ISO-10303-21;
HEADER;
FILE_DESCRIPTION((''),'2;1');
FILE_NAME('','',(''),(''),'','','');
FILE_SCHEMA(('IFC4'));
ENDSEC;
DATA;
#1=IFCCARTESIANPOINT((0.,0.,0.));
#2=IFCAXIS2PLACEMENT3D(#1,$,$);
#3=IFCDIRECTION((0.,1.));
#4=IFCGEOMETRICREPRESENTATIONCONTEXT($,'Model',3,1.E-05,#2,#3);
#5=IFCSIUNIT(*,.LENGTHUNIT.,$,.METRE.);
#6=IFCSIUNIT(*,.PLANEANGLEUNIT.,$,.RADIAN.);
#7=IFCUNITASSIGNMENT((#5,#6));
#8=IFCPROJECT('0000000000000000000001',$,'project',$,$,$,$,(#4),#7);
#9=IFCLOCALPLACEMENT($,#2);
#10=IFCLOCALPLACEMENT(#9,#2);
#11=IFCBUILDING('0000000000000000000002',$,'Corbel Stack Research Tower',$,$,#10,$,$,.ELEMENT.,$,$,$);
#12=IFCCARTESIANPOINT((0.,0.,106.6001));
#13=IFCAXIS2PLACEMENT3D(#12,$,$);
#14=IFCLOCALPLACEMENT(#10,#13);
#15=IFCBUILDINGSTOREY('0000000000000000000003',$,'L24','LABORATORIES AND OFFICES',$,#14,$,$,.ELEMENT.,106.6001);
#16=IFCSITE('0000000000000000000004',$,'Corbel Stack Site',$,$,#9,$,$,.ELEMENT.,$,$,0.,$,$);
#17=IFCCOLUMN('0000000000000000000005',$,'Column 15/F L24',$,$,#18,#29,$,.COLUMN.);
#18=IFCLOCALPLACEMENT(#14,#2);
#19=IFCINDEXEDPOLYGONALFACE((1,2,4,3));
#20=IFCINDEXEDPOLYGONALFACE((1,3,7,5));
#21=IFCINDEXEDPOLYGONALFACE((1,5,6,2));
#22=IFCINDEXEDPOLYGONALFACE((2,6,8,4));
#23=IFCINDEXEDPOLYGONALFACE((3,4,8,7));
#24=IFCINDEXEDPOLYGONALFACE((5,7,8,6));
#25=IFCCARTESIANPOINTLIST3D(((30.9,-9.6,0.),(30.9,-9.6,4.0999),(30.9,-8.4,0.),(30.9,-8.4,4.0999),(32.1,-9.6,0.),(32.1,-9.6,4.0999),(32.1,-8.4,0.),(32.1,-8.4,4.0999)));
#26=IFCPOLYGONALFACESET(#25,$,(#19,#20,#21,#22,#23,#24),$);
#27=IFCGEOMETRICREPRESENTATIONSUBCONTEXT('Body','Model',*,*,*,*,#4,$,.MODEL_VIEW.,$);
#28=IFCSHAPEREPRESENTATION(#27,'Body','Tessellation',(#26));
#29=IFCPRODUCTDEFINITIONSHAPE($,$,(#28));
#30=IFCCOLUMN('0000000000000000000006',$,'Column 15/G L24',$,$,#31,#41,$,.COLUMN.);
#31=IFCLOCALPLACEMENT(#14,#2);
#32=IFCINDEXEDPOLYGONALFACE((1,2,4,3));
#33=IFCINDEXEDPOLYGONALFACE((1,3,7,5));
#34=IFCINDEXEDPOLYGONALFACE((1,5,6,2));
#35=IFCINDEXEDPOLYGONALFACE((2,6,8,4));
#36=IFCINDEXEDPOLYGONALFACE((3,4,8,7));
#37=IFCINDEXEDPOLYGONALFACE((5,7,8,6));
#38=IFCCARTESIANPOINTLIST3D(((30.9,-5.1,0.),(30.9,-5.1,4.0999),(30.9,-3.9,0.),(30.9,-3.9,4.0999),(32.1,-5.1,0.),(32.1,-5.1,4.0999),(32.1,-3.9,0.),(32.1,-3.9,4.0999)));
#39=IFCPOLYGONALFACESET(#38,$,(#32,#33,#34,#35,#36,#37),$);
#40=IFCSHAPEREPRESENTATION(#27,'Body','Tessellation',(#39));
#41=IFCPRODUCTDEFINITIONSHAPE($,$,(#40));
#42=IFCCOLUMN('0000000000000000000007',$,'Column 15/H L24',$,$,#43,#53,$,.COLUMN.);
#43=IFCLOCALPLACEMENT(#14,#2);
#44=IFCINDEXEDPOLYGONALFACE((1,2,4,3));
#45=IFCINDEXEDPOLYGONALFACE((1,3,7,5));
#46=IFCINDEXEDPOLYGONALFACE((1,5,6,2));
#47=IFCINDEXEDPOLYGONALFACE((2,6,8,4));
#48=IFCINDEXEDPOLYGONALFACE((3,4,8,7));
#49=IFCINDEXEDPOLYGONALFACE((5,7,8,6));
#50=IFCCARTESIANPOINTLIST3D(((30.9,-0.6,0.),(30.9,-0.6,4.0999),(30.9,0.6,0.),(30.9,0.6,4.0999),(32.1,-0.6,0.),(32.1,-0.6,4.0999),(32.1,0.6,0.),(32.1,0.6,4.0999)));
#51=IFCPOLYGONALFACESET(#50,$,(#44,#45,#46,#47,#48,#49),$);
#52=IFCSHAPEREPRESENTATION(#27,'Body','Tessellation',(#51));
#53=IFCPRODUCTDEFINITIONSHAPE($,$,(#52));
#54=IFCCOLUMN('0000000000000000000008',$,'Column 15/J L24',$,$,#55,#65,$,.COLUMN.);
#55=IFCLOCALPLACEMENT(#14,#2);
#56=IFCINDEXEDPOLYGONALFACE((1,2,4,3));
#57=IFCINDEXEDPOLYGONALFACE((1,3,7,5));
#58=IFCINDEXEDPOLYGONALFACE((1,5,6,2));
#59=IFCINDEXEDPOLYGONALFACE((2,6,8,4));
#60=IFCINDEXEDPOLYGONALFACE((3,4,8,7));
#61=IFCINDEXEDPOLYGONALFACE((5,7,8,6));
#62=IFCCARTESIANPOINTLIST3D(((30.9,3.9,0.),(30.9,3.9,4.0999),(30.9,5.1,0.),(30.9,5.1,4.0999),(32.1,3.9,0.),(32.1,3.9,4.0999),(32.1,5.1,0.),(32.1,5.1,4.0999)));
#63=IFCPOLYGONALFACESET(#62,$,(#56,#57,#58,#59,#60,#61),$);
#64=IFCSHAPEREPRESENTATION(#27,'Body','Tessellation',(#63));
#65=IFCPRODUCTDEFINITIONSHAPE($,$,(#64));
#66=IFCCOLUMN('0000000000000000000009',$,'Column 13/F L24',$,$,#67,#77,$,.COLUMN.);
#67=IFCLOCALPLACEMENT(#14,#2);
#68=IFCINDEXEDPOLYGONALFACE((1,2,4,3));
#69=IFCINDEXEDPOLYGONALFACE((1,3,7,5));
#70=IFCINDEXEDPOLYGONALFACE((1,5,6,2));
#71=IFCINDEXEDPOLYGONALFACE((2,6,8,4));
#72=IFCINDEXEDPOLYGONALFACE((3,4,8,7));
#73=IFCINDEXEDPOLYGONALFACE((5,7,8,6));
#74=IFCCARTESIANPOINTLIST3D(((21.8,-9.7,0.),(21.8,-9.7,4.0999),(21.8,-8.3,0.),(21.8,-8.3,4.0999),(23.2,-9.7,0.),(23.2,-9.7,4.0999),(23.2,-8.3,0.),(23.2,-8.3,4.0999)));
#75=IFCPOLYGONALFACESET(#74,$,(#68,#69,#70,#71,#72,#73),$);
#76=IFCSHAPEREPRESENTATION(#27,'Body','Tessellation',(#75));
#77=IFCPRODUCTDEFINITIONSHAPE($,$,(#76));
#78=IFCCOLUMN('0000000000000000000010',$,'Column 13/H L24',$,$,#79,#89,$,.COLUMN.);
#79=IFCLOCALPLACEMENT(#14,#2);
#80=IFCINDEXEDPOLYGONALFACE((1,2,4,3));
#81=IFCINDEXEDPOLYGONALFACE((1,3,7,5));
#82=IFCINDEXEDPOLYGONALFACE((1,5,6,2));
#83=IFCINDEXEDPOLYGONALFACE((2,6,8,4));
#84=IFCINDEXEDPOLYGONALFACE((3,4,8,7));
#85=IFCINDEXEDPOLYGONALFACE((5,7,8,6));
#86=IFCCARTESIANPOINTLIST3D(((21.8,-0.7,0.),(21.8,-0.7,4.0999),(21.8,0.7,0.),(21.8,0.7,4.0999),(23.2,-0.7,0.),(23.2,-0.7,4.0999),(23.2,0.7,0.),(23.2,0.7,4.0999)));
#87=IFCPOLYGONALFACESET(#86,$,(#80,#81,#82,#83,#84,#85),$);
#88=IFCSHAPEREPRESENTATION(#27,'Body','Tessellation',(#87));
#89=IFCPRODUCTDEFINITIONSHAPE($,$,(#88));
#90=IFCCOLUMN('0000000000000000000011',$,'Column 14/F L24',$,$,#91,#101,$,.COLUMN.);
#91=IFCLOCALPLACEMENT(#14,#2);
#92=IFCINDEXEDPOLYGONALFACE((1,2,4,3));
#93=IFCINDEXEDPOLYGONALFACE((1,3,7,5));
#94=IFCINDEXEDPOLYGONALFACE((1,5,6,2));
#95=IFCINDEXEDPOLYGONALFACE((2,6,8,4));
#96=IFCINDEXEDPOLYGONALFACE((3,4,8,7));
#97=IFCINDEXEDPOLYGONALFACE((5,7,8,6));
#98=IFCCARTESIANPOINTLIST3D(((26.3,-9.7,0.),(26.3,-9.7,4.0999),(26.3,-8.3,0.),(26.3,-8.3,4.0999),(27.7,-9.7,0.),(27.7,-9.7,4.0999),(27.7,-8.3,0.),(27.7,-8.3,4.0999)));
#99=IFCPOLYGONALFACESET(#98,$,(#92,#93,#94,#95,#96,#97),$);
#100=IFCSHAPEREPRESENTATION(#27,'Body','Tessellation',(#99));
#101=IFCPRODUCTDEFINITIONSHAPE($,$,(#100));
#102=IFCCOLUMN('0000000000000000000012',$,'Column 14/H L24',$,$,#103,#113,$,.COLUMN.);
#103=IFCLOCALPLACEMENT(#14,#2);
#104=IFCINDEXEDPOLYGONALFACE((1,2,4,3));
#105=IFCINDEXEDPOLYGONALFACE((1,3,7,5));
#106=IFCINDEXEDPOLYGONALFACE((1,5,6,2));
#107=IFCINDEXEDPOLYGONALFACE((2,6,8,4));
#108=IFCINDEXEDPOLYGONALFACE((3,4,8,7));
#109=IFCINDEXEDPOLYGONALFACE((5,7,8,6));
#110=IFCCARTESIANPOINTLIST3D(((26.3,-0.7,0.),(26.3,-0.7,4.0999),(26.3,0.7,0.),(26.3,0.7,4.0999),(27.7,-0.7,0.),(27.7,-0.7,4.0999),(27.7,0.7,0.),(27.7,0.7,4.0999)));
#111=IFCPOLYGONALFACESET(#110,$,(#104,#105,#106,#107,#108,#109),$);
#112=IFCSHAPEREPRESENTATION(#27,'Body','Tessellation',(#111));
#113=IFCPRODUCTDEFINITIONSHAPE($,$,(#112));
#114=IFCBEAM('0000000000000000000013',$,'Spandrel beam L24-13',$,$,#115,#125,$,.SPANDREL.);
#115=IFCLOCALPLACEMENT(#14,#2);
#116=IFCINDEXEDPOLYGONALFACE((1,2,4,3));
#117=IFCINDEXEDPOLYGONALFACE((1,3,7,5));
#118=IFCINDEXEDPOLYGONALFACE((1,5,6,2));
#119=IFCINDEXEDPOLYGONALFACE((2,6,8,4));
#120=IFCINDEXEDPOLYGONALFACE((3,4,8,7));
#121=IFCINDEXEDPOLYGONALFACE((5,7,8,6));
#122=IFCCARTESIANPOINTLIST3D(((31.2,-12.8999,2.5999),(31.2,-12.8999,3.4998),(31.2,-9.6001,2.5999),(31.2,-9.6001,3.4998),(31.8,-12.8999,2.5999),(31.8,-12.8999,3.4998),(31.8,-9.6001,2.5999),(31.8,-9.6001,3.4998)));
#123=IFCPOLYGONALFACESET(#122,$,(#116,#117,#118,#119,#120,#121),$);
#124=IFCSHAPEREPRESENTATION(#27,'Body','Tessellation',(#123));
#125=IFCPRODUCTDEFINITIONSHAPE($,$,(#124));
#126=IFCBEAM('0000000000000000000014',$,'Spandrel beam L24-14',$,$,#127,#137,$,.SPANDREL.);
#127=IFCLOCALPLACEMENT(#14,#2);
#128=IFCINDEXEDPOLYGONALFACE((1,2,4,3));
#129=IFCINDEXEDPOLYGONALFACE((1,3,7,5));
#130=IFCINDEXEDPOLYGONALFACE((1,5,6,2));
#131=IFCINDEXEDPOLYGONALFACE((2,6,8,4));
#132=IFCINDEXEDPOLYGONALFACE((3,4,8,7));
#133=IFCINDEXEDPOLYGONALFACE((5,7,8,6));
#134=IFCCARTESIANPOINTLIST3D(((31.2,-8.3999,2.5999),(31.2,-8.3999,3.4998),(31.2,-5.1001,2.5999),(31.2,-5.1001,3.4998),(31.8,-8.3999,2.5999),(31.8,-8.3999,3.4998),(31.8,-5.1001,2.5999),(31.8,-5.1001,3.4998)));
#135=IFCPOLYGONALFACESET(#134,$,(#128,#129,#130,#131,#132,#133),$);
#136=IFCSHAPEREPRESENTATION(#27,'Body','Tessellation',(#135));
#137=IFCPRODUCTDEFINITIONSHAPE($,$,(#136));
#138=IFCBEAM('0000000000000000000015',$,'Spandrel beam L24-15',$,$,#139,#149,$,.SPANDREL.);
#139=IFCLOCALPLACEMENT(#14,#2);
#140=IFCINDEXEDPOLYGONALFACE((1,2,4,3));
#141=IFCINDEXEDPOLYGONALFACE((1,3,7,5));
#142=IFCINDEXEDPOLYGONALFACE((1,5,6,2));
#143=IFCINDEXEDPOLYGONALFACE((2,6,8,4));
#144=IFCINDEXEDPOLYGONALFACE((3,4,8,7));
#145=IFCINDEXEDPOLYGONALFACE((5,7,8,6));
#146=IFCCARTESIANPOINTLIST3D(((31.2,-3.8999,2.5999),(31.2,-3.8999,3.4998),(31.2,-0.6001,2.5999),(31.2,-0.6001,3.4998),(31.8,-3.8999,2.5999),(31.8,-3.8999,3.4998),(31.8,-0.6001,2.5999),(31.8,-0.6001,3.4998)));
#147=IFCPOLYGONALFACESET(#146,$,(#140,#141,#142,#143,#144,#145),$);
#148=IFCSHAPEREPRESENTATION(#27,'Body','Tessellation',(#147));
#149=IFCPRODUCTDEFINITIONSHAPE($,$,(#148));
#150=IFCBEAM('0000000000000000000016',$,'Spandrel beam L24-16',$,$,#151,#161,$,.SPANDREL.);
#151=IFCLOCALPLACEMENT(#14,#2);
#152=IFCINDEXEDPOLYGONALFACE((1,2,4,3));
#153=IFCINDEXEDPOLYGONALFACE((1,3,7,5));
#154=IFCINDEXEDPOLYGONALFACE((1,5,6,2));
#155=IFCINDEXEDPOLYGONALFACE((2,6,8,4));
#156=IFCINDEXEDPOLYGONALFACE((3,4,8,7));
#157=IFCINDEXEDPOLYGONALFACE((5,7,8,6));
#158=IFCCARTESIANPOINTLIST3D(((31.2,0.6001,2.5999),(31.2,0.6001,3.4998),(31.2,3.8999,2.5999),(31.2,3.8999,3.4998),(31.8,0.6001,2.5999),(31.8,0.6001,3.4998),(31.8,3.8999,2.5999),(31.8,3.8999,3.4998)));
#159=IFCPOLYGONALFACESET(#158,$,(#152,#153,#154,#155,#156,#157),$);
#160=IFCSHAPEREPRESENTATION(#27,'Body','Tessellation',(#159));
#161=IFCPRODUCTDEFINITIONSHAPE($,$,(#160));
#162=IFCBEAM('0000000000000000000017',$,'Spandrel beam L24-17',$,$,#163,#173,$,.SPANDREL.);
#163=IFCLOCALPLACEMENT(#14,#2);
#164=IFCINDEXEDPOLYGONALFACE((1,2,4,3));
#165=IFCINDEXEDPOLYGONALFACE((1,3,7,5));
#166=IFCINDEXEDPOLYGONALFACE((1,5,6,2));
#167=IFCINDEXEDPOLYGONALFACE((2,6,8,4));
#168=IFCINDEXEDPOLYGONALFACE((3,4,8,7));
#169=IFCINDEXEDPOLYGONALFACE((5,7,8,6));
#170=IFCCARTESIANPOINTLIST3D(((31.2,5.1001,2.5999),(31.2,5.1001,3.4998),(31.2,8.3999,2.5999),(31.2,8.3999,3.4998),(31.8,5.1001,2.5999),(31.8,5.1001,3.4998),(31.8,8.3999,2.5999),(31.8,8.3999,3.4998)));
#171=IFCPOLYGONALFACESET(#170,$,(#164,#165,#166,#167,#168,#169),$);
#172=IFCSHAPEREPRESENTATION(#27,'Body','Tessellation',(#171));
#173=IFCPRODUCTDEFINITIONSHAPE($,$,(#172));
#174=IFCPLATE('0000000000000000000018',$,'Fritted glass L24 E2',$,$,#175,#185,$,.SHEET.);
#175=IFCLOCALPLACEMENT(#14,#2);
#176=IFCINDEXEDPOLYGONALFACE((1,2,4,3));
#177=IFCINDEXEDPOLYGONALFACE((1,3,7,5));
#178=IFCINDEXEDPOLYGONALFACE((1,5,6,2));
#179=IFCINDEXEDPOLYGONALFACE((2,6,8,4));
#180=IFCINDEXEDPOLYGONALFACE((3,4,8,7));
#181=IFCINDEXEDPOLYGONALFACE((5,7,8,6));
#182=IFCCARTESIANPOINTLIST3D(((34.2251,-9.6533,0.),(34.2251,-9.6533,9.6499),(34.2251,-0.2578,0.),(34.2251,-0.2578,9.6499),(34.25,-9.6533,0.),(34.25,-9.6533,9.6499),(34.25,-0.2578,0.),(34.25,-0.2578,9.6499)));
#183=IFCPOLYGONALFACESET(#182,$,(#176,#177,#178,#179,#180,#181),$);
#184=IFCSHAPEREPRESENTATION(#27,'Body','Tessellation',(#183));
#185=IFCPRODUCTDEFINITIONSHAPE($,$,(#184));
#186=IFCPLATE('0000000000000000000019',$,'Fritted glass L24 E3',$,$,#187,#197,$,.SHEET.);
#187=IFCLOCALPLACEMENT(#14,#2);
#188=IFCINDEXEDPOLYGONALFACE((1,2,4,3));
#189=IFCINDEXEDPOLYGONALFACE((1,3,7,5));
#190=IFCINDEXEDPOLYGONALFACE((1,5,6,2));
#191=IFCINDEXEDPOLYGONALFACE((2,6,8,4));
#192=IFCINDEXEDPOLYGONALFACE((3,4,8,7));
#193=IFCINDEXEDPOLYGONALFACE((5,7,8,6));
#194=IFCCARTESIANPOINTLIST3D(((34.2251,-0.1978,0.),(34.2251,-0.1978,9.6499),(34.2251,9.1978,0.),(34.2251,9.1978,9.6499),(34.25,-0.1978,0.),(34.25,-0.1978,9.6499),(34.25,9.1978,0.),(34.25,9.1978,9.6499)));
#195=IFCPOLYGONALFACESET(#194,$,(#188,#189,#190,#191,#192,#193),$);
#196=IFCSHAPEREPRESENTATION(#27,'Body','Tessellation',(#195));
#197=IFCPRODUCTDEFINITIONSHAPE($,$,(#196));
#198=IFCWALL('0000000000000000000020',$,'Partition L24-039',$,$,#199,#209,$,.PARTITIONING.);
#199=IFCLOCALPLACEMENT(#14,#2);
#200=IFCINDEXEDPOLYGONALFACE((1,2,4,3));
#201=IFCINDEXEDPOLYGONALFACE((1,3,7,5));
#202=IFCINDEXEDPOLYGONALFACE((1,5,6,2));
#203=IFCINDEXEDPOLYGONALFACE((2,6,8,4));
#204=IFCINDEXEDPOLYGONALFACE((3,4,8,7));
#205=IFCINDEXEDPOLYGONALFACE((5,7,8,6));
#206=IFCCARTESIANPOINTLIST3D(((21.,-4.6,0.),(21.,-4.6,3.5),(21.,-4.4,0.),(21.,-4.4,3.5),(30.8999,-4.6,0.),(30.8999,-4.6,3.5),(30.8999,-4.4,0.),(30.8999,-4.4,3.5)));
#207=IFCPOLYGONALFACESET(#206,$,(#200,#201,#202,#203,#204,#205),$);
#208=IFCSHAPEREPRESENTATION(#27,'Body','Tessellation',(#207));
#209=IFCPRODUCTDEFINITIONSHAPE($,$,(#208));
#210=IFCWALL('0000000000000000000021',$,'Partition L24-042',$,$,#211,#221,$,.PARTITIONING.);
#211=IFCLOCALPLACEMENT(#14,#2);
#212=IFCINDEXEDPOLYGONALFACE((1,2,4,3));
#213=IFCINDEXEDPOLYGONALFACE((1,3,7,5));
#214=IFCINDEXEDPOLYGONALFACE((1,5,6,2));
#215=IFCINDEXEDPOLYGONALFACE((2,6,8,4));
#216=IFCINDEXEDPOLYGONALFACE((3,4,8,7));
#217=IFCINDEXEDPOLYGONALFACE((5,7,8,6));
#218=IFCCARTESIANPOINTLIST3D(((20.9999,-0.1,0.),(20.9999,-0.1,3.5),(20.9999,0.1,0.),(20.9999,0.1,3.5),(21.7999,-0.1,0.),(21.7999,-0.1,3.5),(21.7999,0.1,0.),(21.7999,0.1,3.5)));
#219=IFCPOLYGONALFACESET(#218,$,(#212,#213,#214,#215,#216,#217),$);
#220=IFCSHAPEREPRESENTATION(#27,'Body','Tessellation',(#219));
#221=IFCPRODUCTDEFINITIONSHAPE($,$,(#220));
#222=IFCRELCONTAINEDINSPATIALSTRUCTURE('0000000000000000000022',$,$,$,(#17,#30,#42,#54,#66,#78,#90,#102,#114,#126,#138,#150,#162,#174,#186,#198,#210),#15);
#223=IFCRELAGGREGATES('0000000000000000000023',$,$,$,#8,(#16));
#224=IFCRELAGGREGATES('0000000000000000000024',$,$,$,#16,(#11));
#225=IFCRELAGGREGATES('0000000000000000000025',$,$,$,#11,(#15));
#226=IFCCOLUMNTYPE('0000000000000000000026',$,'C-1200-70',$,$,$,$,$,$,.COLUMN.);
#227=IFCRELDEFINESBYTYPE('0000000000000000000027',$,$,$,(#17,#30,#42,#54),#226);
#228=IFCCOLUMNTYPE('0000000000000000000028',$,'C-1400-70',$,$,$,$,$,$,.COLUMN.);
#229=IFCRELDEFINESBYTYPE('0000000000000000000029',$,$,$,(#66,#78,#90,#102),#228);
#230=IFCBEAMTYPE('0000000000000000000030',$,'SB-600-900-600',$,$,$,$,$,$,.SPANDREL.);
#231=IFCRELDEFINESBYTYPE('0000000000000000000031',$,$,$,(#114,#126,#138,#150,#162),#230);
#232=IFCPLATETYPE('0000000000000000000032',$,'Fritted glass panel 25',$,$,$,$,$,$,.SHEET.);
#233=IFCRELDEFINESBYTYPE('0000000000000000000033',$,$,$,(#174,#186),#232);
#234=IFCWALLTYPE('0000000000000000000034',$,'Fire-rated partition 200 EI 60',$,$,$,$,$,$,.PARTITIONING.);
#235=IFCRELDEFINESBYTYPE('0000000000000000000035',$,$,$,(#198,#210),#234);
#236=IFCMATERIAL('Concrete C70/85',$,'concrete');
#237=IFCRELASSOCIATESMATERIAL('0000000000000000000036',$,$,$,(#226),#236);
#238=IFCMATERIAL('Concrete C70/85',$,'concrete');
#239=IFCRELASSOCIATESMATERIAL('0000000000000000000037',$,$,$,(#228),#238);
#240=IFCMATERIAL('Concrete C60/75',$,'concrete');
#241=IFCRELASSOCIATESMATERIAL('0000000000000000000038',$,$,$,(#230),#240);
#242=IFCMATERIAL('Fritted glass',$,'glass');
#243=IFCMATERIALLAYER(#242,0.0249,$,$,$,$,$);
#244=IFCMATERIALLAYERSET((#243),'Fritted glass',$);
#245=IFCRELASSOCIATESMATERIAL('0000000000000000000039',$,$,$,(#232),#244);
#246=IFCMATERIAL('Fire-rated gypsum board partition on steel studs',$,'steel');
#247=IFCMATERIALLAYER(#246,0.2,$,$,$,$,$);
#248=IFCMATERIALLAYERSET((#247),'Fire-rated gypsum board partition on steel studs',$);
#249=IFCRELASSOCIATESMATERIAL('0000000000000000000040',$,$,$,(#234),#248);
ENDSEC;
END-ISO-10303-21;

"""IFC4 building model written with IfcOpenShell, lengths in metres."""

from ifc_helpers import new_model, si_unit, direction, frame, frame_2d, origin, origin_2d, place, context, subcontext, project, spatial, rectangle, extrude, material, layer, layer_set, material_profile, profile_set, type_object, element, save


model = new_model("IFC4")

# Units and contexts
model_context = context("Model", 3, precision=1e-05, world=origin(), true_north=direction((0.0, 1.0)))
body_context = subcontext(model_context, "Body", "Model", "MODEL_VIEW")
ifc_project = project(units=[si_unit("LENGTHUNIT", "METRE"), si_unit("PLANEANGLEUNIT", "RADIAN")], contexts=[model_context])

# Site, building, storey
site_placement = place(None, origin())
site = spatial("IfcSite", under=ifc_project, at=site_placement, Name="Corbel Stack Site", CompositionType="ELEMENT", RefElevation=0.0)
building_placement = place(site_placement, origin())
building = spatial("IfcBuilding", under=site, at=building_placement, Name="Corbel Stack Research Tower", CompositionType="ELEMENT")
storey_placement = place(building_placement, frame((0.0, 0.0, 106.6001)))
storey = spatial("IfcBuildingStorey", under=building, at=storey_placement, Name="L24", Description="LABORATORIES AND OFFICES", CompositionType="ELEMENT", Elevation=106.6001)

# Columns
ifc_material_1 = material(Name="Concrete C70/85", Category="concrete")
ifc_material_profile_1 = material_profile(ifc_material_1, rectangle(XDim=1.2, YDim=1.2, at=origin_2d()), Name="RC 1200 x 1200")
ifc_profile_set_1 = profile_set([ifc_material_profile_1], Name="Concrete C70/85")
column_type_1 = type_object("IfcColumnType", Name="C-1200-70", PredefinedType="COLUMN", material=ifc_profile_set_1)
for number, where, z_axis, x_axis, name in (
    (1, (31.5, -9.0, 0.0), (0.0, 0.0, 1.0), (1.0, 0.0, 0.0), "Column 15/F L24"),
    (2, (31.5, -4.5, 0.0), (0.0, 0.0, 1.0), (1.0, 0.0, 0.0), "Column 15/G L24"),
    (3, (31.5, 0.0, 0.0), (0.0, 0.0, 1.0), (1.0, 0.0, 0.0), "Column 15/H L24"),
    (4, (31.5, 4.5, 0.0), (0.0, 0.0, 1.0), (1.0, 0.0, 0.0), "Column 15/J L24"),
):
    element("IfcColumn", number, at=place(storey_placement, frame(where, z_axis=z_axis, x_axis=x_axis)), inside=storey, type_object=column_type_1, Name=name, PredefinedType="COLUMN", context=body_context, shape_type="SweptSolid", body=[
        extrude(rectangle(XDim=1.2, YDim=1.2, at=origin_2d()), origin(), (0.0, 0.0, 1.0), 4.0999),
    ])
ifc_material_2 = material(Name="Concrete C70/85", Category="concrete")
ifc_material_profile_2 = material_profile(ifc_material_2, rectangle(XDim=1.3999, YDim=1.3999, at=origin_2d()), Name="RC 1400 x 1400")
ifc_profile_set_2 = profile_set([ifc_material_profile_2], Name="Concrete C70/85")
column_type_2 = type_object("IfcColumnType", Name="C-1400-70", PredefinedType="COLUMN", material=ifc_profile_set_2)
for number, where, z_axis, x_axis, name in (
    (5, (22.5, -9.0, 0.0), (0.0, 0.0, 1.0), (1.0, 0.0, 0.0), "Column 13/F L24"),
    (6, (22.5, 0.0, 0.0), (0.0, 0.0, 1.0), (1.0, 0.0, 0.0), "Column 13/H L24"),
    (7, (27.0, -9.0, 0.0), (0.0, 0.0, 1.0), (1.0, 0.0, 0.0), "Column 14/F L24"),
    (8, (27.0, 0.0, 0.0), (0.0, 0.0, 1.0), (1.0, 0.0, 0.0), "Column 14/H L24"),
):
    element("IfcColumn", number, at=place(storey_placement, frame(where, z_axis=z_axis, x_axis=x_axis)), inside=storey, type_object=column_type_2, Name=name, PredefinedType="COLUMN", context=body_context, shape_type="SweptSolid", body=[
        extrude(rectangle(XDim=1.3999, YDim=1.3999, at=origin_2d()), origin(), (0.0, 0.0, 1.0), 4.0999),
    ])

# Beams
ifc_material_3 = material(Name="Concrete C60/75", Category="concrete")
ifc_material_profile_3 = material_profile(ifc_material_3, rectangle(XDim=0.6001, YDim=0.8999, at=origin_2d()), Name="RC 600 x 900")
ifc_profile_set_3 = profile_set([ifc_material_profile_3], Name="Concrete C60/75")
beam_type = type_object("IfcBeamType", Name="SB-600-900-600", PredefinedType="SPANDREL", material=ifc_profile_set_3)
for number, where, z_axis, x_axis, name in (
    (9, (31.5, -12.8999, 3.0498), (0.0, 1.0, 0.0), (-1.0, 0.0, 0.0), "Spandrel beam L24-13"),
    (10, (31.5, -8.3999, 3.0498), (0.0, 1.0, 0.0), (-1.0, 0.0, 0.0), "Spandrel beam L24-14"),
    (11, (31.5, -3.8999, 3.0498), (0.0, 1.0, 0.0), (-1.0, 0.0, 0.0), "Spandrel beam L24-15"),
    (12, (31.5, 0.6001, 3.0498), (0.0, 1.0, 0.0), (-1.0, 0.0, 0.0), "Spandrel beam L24-16"),
    (13, (31.5, 5.1001, 3.0498), (0.0, 1.0, 0.0), (-1.0, 0.0, 0.0), "Spandrel beam L24-17"),
):
    element("IfcBeam", number, at=place(storey_placement, frame(where, z_axis=z_axis, x_axis=x_axis)), inside=storey, type_object=beam_type, Name=name, PredefinedType="SPANDREL", context=body_context, shape_type="SweptSolid", body=[
        extrude(rectangle(XDim=0.6001, YDim=0.8999, at=origin_2d()), origin(), (0.0, 0.0, 1.0), 3.2998),
    ])

# Plates
ifc_material_4 = material(Name="Fritted glass", Category="glass")
ifc_layer_1 = layer(ifc_material_4, 0.0249)
ifc_layer_set_1 = layer_set([ifc_layer_1], Name="Fritted glass")
plate_type = type_object("IfcPlateType", Name="Fritted glass panel 25", PredefinedType="SHEET", material=ifc_layer_set_1)
for number, where, z_axis, x_axis, name in (
    (14, (34.2375, -4.9556, 0.0), (0.0, 0.0, 1.0), (0.0, 1.0, 0.0), "Fritted glass L24 E2"),
    (15, (34.2375, 4.5, 0.0), (0.0, 0.0, 1.0), (0.0, 1.0, 0.0), "Fritted glass L24 E3"),
):
    element("IfcPlate", number, at=place(storey_placement, frame(where, z_axis=z_axis, x_axis=x_axis)), inside=storey, type_object=plate_type, Name=name, PredefinedType="SHEET", context=body_context, shape_type="SweptSolid", body=[
        extrude(rectangle(XDim=9.3955, YDim=0.0249, at=origin_2d()), origin(), (0.0, 0.0, 1.0), 9.6499),
    ])

# Walls
ifc_material_5 = material(Name="Fire-rated gypsum board partition on steel studs", Category="steel")
ifc_layer_2 = layer(ifc_material_5, 0.2)
ifc_layer_set_2 = layer_set([ifc_layer_2], Name="Fire-rated gypsum board partition on steel studs")
wall_type_1 = type_object("IfcWallType", Name="Fire-rated partition 200 EI 60", PredefinedType="PARTITIONING", material=ifc_layer_set_2)
wall_1_placement = place(storey_placement, frame((21.0, -4.5, 0.0), z_axis=(0.0, 0.0, 1.0), x_axis=(1.0, 0.0, 0.0)))
element("IfcWall", 16, at=wall_1_placement, inside=storey, type_object=wall_type_1, Name="Partition L24-039", PredefinedType="PARTITIONING", context=body_context, shape_type="SweptSolid", body=[
    extrude(rectangle(XDim=9.8999, YDim=0.2, at=frame_2d((4.95, 0.0))), origin(), (0.0, 0.0, 1.0), 3.5),
])
wall_2_placement = place(storey_placement, frame((21.0, 0.0, 0.0), z_axis=(0.0, 0.0, 1.0), x_axis=(1.0, 0.0, 0.0)))
element("IfcWall", 17, at=wall_2_placement, inside=storey, type_object=wall_type_1, Name="Partition L24-042", PredefinedType="PARTITIONING", context=body_context, shape_type="SweptSolid", body=[
    extrude(rectangle(XDim=0.8, YDim=0.2, at=frame_2d((0.3999, 0.0))), origin(), (0.0, 0.0, 1.0), 3.5),
])

save(model, "model.ifc")
